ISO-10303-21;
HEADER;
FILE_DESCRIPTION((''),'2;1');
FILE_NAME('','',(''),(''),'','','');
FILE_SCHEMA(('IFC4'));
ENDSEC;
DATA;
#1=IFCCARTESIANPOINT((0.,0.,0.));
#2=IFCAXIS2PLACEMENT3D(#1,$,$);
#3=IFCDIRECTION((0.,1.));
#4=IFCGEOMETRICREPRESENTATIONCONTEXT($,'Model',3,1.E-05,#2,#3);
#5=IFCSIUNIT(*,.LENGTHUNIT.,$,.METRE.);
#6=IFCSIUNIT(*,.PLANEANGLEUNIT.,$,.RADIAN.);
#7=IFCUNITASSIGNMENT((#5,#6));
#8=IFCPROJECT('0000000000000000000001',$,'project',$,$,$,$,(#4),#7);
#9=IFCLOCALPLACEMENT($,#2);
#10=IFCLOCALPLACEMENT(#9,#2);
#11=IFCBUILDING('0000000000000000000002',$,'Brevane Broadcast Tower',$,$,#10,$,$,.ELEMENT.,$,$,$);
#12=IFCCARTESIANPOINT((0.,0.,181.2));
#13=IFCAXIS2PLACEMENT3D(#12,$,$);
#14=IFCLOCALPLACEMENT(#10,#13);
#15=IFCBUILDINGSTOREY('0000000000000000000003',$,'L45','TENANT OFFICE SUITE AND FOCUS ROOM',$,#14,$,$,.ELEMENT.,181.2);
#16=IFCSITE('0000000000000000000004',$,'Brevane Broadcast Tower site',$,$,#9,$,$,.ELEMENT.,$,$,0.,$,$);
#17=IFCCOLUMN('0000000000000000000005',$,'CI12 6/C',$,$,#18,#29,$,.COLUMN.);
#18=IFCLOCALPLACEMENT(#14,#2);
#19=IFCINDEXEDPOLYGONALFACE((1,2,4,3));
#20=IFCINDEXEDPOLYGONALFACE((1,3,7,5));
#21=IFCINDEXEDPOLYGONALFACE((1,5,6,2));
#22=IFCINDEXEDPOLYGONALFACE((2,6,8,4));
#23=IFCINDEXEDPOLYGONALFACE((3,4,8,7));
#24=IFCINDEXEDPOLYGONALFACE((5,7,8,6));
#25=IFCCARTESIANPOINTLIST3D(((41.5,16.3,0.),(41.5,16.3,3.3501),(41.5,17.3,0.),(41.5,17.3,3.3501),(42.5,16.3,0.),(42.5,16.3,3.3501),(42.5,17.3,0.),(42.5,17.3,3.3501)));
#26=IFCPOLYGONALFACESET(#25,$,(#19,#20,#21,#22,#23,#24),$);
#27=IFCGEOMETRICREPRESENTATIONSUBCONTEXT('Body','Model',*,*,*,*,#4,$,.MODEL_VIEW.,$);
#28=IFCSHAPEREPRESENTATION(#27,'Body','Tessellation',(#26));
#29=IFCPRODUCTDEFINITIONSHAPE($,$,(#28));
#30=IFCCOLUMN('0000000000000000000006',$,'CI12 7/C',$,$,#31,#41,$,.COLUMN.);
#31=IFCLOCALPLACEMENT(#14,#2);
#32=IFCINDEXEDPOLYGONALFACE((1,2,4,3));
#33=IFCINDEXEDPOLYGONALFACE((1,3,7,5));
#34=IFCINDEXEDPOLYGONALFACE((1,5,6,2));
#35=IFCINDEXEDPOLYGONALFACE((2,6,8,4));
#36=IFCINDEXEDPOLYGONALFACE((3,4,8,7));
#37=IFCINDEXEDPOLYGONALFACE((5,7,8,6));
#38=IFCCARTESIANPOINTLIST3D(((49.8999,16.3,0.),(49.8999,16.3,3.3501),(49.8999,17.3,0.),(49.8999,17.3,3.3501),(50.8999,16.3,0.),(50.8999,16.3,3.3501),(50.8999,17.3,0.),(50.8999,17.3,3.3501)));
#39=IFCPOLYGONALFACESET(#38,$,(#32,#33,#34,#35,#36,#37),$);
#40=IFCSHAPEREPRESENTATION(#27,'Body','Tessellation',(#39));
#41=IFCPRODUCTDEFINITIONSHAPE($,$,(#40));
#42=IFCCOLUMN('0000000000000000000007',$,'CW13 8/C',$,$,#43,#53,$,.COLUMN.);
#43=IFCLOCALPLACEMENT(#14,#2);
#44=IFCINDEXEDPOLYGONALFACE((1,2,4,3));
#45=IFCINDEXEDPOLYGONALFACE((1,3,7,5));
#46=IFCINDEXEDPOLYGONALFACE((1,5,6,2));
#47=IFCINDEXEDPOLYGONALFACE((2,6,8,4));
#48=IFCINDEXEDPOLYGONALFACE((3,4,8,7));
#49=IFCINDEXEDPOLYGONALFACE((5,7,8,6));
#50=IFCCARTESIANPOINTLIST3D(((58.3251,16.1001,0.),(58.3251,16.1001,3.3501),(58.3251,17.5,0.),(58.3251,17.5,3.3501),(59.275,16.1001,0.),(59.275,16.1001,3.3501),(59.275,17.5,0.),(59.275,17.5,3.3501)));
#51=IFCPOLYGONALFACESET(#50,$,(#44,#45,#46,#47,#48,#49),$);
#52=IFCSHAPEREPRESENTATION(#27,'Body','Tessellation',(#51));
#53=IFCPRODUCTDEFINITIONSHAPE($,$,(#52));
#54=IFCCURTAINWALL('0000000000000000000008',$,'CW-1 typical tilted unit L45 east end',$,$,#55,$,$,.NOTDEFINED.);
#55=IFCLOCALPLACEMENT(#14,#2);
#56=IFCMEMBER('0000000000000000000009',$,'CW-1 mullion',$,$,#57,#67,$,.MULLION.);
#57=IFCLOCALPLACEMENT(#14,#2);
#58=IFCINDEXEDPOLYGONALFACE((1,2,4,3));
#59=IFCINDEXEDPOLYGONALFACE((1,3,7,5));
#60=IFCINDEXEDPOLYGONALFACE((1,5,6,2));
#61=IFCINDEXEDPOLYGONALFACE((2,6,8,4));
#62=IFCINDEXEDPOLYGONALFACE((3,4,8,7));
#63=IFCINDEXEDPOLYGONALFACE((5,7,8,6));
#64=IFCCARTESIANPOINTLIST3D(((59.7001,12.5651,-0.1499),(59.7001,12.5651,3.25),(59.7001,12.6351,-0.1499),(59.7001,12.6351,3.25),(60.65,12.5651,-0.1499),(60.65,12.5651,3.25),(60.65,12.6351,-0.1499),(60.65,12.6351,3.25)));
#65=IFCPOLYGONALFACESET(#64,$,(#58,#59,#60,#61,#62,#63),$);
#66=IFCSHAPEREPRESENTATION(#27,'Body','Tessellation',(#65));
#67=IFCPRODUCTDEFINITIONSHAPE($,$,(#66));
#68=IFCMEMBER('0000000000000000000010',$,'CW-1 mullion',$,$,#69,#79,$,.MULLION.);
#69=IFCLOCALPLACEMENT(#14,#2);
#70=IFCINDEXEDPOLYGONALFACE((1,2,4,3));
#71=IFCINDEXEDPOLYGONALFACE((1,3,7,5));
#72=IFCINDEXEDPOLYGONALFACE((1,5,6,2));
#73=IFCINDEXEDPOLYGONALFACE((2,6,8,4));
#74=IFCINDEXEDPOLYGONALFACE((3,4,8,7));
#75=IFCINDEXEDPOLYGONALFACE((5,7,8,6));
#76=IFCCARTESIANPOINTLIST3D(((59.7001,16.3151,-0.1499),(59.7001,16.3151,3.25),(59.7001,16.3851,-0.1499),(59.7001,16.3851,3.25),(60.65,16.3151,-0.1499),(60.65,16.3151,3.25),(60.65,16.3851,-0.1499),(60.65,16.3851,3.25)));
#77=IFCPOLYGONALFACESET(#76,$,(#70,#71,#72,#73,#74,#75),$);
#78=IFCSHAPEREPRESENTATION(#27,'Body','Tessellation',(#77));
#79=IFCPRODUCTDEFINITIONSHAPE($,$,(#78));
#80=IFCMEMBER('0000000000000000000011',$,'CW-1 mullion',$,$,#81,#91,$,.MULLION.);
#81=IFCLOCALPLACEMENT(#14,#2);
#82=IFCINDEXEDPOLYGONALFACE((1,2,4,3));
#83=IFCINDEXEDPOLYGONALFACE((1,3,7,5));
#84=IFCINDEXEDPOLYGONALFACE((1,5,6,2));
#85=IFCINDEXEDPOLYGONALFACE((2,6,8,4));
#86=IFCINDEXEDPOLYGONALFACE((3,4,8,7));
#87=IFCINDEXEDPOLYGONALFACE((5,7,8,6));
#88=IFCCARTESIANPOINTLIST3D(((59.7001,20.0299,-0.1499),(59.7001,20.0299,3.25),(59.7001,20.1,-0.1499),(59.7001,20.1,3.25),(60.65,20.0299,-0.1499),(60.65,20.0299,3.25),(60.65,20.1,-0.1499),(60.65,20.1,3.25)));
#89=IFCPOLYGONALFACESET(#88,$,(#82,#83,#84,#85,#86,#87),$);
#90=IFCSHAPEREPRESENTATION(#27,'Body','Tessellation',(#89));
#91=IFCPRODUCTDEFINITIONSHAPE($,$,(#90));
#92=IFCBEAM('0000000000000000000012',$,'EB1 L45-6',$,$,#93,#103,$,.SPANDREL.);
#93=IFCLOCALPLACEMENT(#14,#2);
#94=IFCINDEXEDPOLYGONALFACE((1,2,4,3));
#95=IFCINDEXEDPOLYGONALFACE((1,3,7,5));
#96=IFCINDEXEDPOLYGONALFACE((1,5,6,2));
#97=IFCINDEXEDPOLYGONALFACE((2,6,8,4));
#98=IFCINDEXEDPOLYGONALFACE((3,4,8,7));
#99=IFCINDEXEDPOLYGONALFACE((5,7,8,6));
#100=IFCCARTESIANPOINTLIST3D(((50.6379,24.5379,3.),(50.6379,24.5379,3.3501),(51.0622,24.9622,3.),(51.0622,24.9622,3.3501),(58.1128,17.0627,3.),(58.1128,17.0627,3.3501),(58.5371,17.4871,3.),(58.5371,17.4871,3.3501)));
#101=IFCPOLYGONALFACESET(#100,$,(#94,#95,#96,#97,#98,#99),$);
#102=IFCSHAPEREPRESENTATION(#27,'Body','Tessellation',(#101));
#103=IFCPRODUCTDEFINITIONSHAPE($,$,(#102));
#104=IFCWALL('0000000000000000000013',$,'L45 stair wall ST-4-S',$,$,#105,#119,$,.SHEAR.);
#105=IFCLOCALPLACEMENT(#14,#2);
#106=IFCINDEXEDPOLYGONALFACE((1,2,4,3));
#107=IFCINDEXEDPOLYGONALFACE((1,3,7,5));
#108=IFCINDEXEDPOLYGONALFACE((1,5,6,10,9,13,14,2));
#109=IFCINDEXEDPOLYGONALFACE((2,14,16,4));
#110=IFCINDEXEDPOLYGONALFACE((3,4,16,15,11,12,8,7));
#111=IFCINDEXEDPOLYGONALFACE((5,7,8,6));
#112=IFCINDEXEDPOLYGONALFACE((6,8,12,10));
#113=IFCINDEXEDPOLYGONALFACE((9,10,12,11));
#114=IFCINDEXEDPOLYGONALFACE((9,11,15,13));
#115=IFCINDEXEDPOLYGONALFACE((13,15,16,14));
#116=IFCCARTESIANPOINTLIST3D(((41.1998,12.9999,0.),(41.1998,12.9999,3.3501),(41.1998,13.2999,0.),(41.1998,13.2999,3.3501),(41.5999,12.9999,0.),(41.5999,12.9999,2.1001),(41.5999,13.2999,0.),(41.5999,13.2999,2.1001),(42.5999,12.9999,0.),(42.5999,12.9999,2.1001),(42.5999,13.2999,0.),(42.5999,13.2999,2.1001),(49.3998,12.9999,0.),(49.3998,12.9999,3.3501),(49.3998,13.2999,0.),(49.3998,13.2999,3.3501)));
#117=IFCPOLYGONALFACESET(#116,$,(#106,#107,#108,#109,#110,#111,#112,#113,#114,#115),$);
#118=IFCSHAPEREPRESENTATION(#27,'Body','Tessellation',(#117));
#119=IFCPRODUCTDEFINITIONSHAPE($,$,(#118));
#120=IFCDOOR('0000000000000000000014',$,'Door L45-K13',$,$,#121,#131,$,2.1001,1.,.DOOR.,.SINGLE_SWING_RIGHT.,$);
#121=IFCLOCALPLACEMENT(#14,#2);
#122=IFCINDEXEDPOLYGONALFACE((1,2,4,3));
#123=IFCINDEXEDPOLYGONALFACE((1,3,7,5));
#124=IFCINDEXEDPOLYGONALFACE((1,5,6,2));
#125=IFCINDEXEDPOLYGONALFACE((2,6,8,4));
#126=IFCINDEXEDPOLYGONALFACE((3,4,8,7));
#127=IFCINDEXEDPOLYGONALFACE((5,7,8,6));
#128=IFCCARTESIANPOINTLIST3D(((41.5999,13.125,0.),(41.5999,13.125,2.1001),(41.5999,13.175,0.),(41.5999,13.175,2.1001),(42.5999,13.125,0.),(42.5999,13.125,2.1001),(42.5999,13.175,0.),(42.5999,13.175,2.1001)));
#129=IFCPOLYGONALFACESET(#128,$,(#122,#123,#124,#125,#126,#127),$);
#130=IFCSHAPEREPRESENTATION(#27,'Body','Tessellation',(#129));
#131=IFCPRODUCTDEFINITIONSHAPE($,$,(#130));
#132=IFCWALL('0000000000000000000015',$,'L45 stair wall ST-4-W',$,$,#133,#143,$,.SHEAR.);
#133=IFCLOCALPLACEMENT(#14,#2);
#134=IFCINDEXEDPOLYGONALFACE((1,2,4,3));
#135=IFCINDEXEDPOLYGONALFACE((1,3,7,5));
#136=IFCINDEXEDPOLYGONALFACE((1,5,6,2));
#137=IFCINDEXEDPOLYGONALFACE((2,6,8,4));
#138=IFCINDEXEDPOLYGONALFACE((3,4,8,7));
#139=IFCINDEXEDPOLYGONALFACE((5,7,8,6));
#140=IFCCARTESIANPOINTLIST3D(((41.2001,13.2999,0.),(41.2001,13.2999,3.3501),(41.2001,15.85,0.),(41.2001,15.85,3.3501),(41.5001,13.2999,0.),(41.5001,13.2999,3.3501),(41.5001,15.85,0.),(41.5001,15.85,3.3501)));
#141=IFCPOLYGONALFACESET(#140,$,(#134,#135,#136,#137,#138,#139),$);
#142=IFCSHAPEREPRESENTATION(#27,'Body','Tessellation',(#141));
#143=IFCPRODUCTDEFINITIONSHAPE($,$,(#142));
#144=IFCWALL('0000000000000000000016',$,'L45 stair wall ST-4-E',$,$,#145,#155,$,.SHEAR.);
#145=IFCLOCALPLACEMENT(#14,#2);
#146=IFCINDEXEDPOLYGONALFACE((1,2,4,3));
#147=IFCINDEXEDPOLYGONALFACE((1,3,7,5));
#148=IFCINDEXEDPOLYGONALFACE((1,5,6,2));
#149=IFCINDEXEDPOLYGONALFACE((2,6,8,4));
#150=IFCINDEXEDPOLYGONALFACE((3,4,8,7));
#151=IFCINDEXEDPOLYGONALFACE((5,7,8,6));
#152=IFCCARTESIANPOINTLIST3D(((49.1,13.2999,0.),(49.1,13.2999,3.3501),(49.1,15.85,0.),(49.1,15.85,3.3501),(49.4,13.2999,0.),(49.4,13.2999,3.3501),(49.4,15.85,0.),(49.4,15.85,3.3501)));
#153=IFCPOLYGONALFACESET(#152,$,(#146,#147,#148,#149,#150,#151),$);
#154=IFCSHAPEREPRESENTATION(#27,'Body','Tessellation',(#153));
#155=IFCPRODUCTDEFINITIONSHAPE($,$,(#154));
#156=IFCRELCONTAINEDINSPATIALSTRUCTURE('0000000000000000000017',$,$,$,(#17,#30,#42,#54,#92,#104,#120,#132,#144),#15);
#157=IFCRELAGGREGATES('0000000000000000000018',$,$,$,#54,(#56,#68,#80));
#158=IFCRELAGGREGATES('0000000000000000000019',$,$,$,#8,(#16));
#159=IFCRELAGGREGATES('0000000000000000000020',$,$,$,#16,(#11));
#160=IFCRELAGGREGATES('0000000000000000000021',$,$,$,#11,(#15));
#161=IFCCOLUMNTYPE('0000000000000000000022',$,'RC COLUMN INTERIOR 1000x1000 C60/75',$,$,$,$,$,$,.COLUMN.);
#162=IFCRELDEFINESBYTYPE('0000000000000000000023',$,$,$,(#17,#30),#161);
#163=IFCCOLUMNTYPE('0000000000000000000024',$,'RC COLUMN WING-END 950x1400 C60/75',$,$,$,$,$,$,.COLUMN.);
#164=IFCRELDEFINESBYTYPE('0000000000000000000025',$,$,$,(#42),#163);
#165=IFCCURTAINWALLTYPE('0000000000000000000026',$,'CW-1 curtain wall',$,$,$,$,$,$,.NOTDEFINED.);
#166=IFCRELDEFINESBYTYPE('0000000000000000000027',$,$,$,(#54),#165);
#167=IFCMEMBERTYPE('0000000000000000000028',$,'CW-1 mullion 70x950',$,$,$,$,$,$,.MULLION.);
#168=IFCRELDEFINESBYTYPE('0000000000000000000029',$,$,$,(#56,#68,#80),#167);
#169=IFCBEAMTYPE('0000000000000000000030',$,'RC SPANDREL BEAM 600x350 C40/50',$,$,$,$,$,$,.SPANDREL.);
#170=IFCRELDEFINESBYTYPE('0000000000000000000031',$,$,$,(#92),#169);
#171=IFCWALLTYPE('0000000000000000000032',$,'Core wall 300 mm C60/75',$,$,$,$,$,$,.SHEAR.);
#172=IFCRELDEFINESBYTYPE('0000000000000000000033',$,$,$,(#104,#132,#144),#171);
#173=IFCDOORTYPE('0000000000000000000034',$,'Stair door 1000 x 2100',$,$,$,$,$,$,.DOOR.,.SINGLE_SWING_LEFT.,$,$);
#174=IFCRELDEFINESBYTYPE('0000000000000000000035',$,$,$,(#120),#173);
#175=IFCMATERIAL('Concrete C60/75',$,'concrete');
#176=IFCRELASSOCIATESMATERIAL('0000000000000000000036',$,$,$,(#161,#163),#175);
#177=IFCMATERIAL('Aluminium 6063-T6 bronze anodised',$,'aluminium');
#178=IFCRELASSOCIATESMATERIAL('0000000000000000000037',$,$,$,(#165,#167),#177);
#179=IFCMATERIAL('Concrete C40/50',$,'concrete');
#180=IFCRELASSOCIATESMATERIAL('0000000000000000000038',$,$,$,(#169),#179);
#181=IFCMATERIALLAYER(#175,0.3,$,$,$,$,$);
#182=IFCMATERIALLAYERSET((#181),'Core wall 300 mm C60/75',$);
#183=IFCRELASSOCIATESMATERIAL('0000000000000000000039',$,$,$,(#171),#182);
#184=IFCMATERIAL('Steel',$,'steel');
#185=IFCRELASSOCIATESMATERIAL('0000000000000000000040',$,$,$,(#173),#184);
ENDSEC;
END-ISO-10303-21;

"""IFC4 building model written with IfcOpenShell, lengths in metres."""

from ifc_helpers import new_model, si_unit, direction, frame, frame_2d, origin, origin_2d, place, context, subcontext, project, spatial, rectangle, extrude, material, layer, layer_set, material_profile, profile_set, type_object, element, fill, aggregate, save


model = new_model("IFC4")

# Units and contexts
model_context = context("Model", 3, precision=1e-05, world=origin(), true_north=direction((0.0, 1.0)))
body_context = subcontext(model_context, "Body", "Model", "MODEL_VIEW")
ifc_project = project(units=[si_unit("LENGTHUNIT", "METRE"), si_unit("PLANEANGLEUNIT", "RADIAN")], contexts=[model_context])

# Site, building, storey
site_placement = place(None, origin())
site = spatial("IfcSite", under=ifc_project, at=site_placement, Name="Brevane Broadcast Tower site", CompositionType="ELEMENT", RefElevation=0.0)
building_placement = place(site_placement, origin())
building = spatial("IfcBuilding", under=site, at=building_placement, Name="Brevane Broadcast Tower", CompositionType="ELEMENT")
storey_placement = place(building_placement, frame((0.0, 0.0, 181.2)))
storey = spatial("IfcBuildingStorey", under=building, at=storey_placement, Name="L45", Description="TENANT OFFICE SUITE AND FOCUS ROOM", CompositionType="ELEMENT", Elevation=181.2)

# Columns
ifc_material_1 = material(Name="Concrete C60/75", Category="concrete")
ifc_material_profile_1 = material_profile(ifc_material_1, rectangle(XDim=1.0, YDim=1.0, at=origin_2d()), Name="RC 1000x1000")
ifc_profile_set_1 = profile_set([ifc_material_profile_1], Name="Concrete C60/75")
column_type_1 = type_object("IfcColumnType", Name="RC COLUMN INTERIOR 1000x1000 C60/75", PredefinedType="COLUMN", material=ifc_profile_set_1)
for number, where, z_axis, x_axis, name in (
    (1, (42.0, 16.8, 0.0), (0.0, 0.0, 1.0), (1.0, 0.0, 0.0), "CI12 6/C"),
    (2, (50.3999, 16.8, 0.0), (0.0, 0.0, 1.0), (1.0, 0.0, 0.0), "CI12 7/C"),
):
    element("IfcColumn", number, at=place(storey_placement, frame(where, z_axis=z_axis, x_axis=x_axis)), inside=storey, type_object=column_type_1, Name=name, PredefinedType="COLUMN", context=body_context, shape_type="SweptSolid", body=[
        extrude(rectangle(XDim=1.0, YDim=1.0, at=origin_2d()), origin(), (0.0, 0.0, 1.0), 3.3501),
    ])
ifc_material_profile_2 = material_profile(ifc_material_1, rectangle(XDim=0.95, YDim=1.3999, at=origin_2d()), Name="RC 950x1400")
ifc_profile_set_2 = profile_set([ifc_material_profile_2], Name="Concrete C60/75")
column_type_2 = type_object("IfcColumnType", Name="RC COLUMN WING-END 950x1400 C60/75", PredefinedType="COLUMN", material=ifc_profile_set_2)
column_placement = place(storey_placement, frame((58.8, 16.8, 0.0), z_axis=(0.0, 0.0, 1.0), x_axis=(1.0, 0.0, 0.0)))
element("IfcColumn", 3, at=column_placement, inside=storey, type_object=column_type_2, Name="CW13 8/C", PredefinedType="COLUMN", context=body_context, shape_type="SweptSolid", body=[
    extrude(rectangle(XDim=0.95, YDim=1.3999, at=origin_2d()), origin(), (0.0, 0.0, 1.0), 3.3501),
])

# Curtain wall, members
ifc_material_2 = material(Name="Aluminium 6063-T6 bronze anodised", Category="aluminium")
curtain_wall_type = type_object("IfcCurtainWallType", Name="CW-1 curtain wall", PredefinedType="NOTDEFINED", material=ifc_material_2)
curtain_wall_placement = place(storey_placement, origin())
curtain_wall = element("IfcCurtainWall", 4, at=curtain_wall_placement, inside=storey, type_object=curtain_wall_type, Name="CW-1 typical tilted unit L45 east end", PredefinedType="NOTDEFINED")
ifc_material_profile_3 = material_profile(ifc_material_2, rectangle(XDim=0.95, YDim=0.0701, at=origin_2d()), Name="RECT 70x950")
ifc_profile_set_3 = profile_set([ifc_material_profile_3], Name="Aluminium 6063-T6 bronze anodised")
member_type = type_object("IfcMemberType", Name="CW-1 mullion 70x950", PredefinedType="MULLION", material=ifc_profile_set_3)
member_1_placement = place(storey_placement, frame((60.175, 12.6001, -0.1499), z_axis=(0.0, 0.0, 1.0), x_axis=(-1.0, 0.0, 0.0)))
member_1 = element("IfcMember", 5, at=member_1_placement, type_object=member_type, Name="CW-1 mullion", PredefinedType="MULLION", context=body_context, shape_type="SweptSolid", body=[
    extrude(rectangle(XDim=0.95, YDim=0.0701, at=origin_2d()), origin(), (0.0, 0.0, 1.0), 3.3999),
])
member_2_placement = place(storey_placement, frame((60.175, 16.3501, -0.1499), z_axis=(0.0, 0.0, 1.0), x_axis=(-1.0, 0.0, 0.0)))
member_2 = element("IfcMember", 6, at=member_2_placement, type_object=member_type, Name="CW-1 mullion", PredefinedType="MULLION", context=body_context, shape_type="SweptSolid", body=[
    extrude(rectangle(XDim=0.95, YDim=0.0701, at=origin_2d()), origin(), (0.0, 0.0, 1.0), 3.3999),
])
member_3_placement = place(storey_placement, frame((60.175, 20.0649, -0.1499), z_axis=(0.0, 0.0, 1.0), x_axis=(-1.0, 0.0, 0.0)))
member_3 = element("IfcMember", 7, at=member_3_placement, type_object=member_type, Name="CW-1 mullion", PredefinedType="MULLION", context=body_context, shape_type="SweptSolid", body=[
    extrude(rectangle(XDim=0.95, YDim=0.0701, at=origin_2d()), origin(), (0.0, 0.0, 1.0), 3.3999),
])
aggregate(curtain_wall, [member_1, member_2, member_3])

# Beam
ifc_material_3 = material(Name="Concrete C40/50", Category="concrete")
ifc_material_profile_4 = material_profile(ifc_material_3, rectangle(XDim=0.6001, YDim=0.3501, at=origin_2d()), Name="RC 600x350")
ifc_profile_set_4 = profile_set([ifc_material_profile_4], Name="Concrete C40/50")
beam_type = type_object("IfcBeamType", Name="RC SPANDREL BEAM 600x350 C40/50", PredefinedType="SPANDREL", material=ifc_profile_set_4)
beam_placement = place(storey_placement, frame((58.325, 17.2749, 3.175), z_axis=(-0.707095, 0.707118, 0.0), x_axis=(-0.707118, -0.707095, 0.0)))
element("IfcBeam", 8, at=beam_placement, inside=storey, type_object=beam_type, Name="EB1 L45-6", PredefinedType="SPANDREL", context=body_context, shape_type="SweptSolid", body=[
    extrude(rectangle(XDim=0.6001, YDim=0.3501, at=origin_2d()), origin(), (0.0, 0.0, 1.0), 10.5713),
])

# Wall, opening, door
ifc_layer_1 = layer(ifc_material_1, 0.3)
ifc_layer_set_1 = layer_set([ifc_layer_1], Name="Core wall 300 mm C60/75")
wall_type_1 = type_object("IfcWallType", Name="Core wall 300 mm C60/75", PredefinedType="SHEAR", material=ifc_layer_set_1)
wall_1_placement = place(storey_placement, frame((49.3999, 13.1499, 0.0), z_axis=(0.0, 0.0, 1.0), x_axis=(-1.0, 0.0, 0.0)))
wall_1 = element("IfcWall", 9, at=wall_1_placement, inside=storey, type_object=wall_type_1, Name="L45 stair wall ST-4-S", PredefinedType="SHEAR", context=body_context, shape_type="SweptSolid", body=[
    extrude(rectangle(XDim=8.2, YDim=0.3, at=frame_2d((4.1001, 0.0))), origin(), (0.0, 0.0, 1.0), 3.3501),
])
opening_1_placement = place(wall_1_placement, frame((6.8, 0.0, 0.0)))
opening_1 = element("IfcOpeningElement", 10, at=opening_1_placement, cuts=wall_1, PredefinedType="OPENING", context=body_context, shape_type="SweptSolid", body=[
    extrude(rectangle(XDim=1.0, YDim=2.1001, at=frame_2d((0.5, 1.05))), frame((0.0, 0.1599, 0.0), z_axis=(0.0, -1.0, 0.0), x_axis=(1.0, 0.0, 0.0)), (0.0, 0.0, 1.0), 0.3201),
])
ifc_material_4 = material(Name="Steel", Category="steel")
door_type_1 = type_object("IfcDoorType", Name="Stair door 1000 x 2100", OperationType="SINGLE_SWING_LEFT", PredefinedType="DOOR", material=ifc_material_4)
door_1_placement = place(opening_1_placement, origin())
door_1 = element("IfcDoor", 11, at=door_1_placement, inside=storey, type_object=door_type_1, Name="Door L45-K13", OperationType="SINGLE_SWING_RIGHT", OverallHeight=2.1001, OverallWidth=1.0, PredefinedType="DOOR", context=body_context, shape_type="SweptSolid", body=[
    extrude(rectangle(XDim=1.0, YDim=2.1001, at=frame_2d((0.5, 1.05))), frame((0.0, 0.0249, 0.0), z_axis=(0.0, -1.0, 0.0), x_axis=(1.0, 0.0, 0.0)), (0.0, 0.0, 1.0), 0.05),
])
fill(opening_1, door_1)

# Walls
for number, where, z_axis, x_axis, name in (
    (12, (41.3501, 13.3, 0.0), (0.0, 0.0, 1.0), (0.0, 1.0, 0.0), "L45 stair wall ST-4-W"),
    (13, (49.25, 13.3, 0.0), (0.0, 0.0, 1.0), (0.0, 1.0, 0.0), "L45 stair wall ST-4-E"),
):
    element("IfcWall", number, at=place(storey_placement, frame(where, z_axis=z_axis, x_axis=x_axis)), inside=storey, type_object=wall_type_1, Name=name, PredefinedType="SHEAR", context=body_context, shape_type="SweptSolid", body=[
        extrude(rectangle(XDim=2.55, YDim=0.3, at=frame_2d((1.2749, 0.0))), origin(), (0.0, 0.0, 1.0), 3.3501),
    ])

save(model, "model.ifc")
